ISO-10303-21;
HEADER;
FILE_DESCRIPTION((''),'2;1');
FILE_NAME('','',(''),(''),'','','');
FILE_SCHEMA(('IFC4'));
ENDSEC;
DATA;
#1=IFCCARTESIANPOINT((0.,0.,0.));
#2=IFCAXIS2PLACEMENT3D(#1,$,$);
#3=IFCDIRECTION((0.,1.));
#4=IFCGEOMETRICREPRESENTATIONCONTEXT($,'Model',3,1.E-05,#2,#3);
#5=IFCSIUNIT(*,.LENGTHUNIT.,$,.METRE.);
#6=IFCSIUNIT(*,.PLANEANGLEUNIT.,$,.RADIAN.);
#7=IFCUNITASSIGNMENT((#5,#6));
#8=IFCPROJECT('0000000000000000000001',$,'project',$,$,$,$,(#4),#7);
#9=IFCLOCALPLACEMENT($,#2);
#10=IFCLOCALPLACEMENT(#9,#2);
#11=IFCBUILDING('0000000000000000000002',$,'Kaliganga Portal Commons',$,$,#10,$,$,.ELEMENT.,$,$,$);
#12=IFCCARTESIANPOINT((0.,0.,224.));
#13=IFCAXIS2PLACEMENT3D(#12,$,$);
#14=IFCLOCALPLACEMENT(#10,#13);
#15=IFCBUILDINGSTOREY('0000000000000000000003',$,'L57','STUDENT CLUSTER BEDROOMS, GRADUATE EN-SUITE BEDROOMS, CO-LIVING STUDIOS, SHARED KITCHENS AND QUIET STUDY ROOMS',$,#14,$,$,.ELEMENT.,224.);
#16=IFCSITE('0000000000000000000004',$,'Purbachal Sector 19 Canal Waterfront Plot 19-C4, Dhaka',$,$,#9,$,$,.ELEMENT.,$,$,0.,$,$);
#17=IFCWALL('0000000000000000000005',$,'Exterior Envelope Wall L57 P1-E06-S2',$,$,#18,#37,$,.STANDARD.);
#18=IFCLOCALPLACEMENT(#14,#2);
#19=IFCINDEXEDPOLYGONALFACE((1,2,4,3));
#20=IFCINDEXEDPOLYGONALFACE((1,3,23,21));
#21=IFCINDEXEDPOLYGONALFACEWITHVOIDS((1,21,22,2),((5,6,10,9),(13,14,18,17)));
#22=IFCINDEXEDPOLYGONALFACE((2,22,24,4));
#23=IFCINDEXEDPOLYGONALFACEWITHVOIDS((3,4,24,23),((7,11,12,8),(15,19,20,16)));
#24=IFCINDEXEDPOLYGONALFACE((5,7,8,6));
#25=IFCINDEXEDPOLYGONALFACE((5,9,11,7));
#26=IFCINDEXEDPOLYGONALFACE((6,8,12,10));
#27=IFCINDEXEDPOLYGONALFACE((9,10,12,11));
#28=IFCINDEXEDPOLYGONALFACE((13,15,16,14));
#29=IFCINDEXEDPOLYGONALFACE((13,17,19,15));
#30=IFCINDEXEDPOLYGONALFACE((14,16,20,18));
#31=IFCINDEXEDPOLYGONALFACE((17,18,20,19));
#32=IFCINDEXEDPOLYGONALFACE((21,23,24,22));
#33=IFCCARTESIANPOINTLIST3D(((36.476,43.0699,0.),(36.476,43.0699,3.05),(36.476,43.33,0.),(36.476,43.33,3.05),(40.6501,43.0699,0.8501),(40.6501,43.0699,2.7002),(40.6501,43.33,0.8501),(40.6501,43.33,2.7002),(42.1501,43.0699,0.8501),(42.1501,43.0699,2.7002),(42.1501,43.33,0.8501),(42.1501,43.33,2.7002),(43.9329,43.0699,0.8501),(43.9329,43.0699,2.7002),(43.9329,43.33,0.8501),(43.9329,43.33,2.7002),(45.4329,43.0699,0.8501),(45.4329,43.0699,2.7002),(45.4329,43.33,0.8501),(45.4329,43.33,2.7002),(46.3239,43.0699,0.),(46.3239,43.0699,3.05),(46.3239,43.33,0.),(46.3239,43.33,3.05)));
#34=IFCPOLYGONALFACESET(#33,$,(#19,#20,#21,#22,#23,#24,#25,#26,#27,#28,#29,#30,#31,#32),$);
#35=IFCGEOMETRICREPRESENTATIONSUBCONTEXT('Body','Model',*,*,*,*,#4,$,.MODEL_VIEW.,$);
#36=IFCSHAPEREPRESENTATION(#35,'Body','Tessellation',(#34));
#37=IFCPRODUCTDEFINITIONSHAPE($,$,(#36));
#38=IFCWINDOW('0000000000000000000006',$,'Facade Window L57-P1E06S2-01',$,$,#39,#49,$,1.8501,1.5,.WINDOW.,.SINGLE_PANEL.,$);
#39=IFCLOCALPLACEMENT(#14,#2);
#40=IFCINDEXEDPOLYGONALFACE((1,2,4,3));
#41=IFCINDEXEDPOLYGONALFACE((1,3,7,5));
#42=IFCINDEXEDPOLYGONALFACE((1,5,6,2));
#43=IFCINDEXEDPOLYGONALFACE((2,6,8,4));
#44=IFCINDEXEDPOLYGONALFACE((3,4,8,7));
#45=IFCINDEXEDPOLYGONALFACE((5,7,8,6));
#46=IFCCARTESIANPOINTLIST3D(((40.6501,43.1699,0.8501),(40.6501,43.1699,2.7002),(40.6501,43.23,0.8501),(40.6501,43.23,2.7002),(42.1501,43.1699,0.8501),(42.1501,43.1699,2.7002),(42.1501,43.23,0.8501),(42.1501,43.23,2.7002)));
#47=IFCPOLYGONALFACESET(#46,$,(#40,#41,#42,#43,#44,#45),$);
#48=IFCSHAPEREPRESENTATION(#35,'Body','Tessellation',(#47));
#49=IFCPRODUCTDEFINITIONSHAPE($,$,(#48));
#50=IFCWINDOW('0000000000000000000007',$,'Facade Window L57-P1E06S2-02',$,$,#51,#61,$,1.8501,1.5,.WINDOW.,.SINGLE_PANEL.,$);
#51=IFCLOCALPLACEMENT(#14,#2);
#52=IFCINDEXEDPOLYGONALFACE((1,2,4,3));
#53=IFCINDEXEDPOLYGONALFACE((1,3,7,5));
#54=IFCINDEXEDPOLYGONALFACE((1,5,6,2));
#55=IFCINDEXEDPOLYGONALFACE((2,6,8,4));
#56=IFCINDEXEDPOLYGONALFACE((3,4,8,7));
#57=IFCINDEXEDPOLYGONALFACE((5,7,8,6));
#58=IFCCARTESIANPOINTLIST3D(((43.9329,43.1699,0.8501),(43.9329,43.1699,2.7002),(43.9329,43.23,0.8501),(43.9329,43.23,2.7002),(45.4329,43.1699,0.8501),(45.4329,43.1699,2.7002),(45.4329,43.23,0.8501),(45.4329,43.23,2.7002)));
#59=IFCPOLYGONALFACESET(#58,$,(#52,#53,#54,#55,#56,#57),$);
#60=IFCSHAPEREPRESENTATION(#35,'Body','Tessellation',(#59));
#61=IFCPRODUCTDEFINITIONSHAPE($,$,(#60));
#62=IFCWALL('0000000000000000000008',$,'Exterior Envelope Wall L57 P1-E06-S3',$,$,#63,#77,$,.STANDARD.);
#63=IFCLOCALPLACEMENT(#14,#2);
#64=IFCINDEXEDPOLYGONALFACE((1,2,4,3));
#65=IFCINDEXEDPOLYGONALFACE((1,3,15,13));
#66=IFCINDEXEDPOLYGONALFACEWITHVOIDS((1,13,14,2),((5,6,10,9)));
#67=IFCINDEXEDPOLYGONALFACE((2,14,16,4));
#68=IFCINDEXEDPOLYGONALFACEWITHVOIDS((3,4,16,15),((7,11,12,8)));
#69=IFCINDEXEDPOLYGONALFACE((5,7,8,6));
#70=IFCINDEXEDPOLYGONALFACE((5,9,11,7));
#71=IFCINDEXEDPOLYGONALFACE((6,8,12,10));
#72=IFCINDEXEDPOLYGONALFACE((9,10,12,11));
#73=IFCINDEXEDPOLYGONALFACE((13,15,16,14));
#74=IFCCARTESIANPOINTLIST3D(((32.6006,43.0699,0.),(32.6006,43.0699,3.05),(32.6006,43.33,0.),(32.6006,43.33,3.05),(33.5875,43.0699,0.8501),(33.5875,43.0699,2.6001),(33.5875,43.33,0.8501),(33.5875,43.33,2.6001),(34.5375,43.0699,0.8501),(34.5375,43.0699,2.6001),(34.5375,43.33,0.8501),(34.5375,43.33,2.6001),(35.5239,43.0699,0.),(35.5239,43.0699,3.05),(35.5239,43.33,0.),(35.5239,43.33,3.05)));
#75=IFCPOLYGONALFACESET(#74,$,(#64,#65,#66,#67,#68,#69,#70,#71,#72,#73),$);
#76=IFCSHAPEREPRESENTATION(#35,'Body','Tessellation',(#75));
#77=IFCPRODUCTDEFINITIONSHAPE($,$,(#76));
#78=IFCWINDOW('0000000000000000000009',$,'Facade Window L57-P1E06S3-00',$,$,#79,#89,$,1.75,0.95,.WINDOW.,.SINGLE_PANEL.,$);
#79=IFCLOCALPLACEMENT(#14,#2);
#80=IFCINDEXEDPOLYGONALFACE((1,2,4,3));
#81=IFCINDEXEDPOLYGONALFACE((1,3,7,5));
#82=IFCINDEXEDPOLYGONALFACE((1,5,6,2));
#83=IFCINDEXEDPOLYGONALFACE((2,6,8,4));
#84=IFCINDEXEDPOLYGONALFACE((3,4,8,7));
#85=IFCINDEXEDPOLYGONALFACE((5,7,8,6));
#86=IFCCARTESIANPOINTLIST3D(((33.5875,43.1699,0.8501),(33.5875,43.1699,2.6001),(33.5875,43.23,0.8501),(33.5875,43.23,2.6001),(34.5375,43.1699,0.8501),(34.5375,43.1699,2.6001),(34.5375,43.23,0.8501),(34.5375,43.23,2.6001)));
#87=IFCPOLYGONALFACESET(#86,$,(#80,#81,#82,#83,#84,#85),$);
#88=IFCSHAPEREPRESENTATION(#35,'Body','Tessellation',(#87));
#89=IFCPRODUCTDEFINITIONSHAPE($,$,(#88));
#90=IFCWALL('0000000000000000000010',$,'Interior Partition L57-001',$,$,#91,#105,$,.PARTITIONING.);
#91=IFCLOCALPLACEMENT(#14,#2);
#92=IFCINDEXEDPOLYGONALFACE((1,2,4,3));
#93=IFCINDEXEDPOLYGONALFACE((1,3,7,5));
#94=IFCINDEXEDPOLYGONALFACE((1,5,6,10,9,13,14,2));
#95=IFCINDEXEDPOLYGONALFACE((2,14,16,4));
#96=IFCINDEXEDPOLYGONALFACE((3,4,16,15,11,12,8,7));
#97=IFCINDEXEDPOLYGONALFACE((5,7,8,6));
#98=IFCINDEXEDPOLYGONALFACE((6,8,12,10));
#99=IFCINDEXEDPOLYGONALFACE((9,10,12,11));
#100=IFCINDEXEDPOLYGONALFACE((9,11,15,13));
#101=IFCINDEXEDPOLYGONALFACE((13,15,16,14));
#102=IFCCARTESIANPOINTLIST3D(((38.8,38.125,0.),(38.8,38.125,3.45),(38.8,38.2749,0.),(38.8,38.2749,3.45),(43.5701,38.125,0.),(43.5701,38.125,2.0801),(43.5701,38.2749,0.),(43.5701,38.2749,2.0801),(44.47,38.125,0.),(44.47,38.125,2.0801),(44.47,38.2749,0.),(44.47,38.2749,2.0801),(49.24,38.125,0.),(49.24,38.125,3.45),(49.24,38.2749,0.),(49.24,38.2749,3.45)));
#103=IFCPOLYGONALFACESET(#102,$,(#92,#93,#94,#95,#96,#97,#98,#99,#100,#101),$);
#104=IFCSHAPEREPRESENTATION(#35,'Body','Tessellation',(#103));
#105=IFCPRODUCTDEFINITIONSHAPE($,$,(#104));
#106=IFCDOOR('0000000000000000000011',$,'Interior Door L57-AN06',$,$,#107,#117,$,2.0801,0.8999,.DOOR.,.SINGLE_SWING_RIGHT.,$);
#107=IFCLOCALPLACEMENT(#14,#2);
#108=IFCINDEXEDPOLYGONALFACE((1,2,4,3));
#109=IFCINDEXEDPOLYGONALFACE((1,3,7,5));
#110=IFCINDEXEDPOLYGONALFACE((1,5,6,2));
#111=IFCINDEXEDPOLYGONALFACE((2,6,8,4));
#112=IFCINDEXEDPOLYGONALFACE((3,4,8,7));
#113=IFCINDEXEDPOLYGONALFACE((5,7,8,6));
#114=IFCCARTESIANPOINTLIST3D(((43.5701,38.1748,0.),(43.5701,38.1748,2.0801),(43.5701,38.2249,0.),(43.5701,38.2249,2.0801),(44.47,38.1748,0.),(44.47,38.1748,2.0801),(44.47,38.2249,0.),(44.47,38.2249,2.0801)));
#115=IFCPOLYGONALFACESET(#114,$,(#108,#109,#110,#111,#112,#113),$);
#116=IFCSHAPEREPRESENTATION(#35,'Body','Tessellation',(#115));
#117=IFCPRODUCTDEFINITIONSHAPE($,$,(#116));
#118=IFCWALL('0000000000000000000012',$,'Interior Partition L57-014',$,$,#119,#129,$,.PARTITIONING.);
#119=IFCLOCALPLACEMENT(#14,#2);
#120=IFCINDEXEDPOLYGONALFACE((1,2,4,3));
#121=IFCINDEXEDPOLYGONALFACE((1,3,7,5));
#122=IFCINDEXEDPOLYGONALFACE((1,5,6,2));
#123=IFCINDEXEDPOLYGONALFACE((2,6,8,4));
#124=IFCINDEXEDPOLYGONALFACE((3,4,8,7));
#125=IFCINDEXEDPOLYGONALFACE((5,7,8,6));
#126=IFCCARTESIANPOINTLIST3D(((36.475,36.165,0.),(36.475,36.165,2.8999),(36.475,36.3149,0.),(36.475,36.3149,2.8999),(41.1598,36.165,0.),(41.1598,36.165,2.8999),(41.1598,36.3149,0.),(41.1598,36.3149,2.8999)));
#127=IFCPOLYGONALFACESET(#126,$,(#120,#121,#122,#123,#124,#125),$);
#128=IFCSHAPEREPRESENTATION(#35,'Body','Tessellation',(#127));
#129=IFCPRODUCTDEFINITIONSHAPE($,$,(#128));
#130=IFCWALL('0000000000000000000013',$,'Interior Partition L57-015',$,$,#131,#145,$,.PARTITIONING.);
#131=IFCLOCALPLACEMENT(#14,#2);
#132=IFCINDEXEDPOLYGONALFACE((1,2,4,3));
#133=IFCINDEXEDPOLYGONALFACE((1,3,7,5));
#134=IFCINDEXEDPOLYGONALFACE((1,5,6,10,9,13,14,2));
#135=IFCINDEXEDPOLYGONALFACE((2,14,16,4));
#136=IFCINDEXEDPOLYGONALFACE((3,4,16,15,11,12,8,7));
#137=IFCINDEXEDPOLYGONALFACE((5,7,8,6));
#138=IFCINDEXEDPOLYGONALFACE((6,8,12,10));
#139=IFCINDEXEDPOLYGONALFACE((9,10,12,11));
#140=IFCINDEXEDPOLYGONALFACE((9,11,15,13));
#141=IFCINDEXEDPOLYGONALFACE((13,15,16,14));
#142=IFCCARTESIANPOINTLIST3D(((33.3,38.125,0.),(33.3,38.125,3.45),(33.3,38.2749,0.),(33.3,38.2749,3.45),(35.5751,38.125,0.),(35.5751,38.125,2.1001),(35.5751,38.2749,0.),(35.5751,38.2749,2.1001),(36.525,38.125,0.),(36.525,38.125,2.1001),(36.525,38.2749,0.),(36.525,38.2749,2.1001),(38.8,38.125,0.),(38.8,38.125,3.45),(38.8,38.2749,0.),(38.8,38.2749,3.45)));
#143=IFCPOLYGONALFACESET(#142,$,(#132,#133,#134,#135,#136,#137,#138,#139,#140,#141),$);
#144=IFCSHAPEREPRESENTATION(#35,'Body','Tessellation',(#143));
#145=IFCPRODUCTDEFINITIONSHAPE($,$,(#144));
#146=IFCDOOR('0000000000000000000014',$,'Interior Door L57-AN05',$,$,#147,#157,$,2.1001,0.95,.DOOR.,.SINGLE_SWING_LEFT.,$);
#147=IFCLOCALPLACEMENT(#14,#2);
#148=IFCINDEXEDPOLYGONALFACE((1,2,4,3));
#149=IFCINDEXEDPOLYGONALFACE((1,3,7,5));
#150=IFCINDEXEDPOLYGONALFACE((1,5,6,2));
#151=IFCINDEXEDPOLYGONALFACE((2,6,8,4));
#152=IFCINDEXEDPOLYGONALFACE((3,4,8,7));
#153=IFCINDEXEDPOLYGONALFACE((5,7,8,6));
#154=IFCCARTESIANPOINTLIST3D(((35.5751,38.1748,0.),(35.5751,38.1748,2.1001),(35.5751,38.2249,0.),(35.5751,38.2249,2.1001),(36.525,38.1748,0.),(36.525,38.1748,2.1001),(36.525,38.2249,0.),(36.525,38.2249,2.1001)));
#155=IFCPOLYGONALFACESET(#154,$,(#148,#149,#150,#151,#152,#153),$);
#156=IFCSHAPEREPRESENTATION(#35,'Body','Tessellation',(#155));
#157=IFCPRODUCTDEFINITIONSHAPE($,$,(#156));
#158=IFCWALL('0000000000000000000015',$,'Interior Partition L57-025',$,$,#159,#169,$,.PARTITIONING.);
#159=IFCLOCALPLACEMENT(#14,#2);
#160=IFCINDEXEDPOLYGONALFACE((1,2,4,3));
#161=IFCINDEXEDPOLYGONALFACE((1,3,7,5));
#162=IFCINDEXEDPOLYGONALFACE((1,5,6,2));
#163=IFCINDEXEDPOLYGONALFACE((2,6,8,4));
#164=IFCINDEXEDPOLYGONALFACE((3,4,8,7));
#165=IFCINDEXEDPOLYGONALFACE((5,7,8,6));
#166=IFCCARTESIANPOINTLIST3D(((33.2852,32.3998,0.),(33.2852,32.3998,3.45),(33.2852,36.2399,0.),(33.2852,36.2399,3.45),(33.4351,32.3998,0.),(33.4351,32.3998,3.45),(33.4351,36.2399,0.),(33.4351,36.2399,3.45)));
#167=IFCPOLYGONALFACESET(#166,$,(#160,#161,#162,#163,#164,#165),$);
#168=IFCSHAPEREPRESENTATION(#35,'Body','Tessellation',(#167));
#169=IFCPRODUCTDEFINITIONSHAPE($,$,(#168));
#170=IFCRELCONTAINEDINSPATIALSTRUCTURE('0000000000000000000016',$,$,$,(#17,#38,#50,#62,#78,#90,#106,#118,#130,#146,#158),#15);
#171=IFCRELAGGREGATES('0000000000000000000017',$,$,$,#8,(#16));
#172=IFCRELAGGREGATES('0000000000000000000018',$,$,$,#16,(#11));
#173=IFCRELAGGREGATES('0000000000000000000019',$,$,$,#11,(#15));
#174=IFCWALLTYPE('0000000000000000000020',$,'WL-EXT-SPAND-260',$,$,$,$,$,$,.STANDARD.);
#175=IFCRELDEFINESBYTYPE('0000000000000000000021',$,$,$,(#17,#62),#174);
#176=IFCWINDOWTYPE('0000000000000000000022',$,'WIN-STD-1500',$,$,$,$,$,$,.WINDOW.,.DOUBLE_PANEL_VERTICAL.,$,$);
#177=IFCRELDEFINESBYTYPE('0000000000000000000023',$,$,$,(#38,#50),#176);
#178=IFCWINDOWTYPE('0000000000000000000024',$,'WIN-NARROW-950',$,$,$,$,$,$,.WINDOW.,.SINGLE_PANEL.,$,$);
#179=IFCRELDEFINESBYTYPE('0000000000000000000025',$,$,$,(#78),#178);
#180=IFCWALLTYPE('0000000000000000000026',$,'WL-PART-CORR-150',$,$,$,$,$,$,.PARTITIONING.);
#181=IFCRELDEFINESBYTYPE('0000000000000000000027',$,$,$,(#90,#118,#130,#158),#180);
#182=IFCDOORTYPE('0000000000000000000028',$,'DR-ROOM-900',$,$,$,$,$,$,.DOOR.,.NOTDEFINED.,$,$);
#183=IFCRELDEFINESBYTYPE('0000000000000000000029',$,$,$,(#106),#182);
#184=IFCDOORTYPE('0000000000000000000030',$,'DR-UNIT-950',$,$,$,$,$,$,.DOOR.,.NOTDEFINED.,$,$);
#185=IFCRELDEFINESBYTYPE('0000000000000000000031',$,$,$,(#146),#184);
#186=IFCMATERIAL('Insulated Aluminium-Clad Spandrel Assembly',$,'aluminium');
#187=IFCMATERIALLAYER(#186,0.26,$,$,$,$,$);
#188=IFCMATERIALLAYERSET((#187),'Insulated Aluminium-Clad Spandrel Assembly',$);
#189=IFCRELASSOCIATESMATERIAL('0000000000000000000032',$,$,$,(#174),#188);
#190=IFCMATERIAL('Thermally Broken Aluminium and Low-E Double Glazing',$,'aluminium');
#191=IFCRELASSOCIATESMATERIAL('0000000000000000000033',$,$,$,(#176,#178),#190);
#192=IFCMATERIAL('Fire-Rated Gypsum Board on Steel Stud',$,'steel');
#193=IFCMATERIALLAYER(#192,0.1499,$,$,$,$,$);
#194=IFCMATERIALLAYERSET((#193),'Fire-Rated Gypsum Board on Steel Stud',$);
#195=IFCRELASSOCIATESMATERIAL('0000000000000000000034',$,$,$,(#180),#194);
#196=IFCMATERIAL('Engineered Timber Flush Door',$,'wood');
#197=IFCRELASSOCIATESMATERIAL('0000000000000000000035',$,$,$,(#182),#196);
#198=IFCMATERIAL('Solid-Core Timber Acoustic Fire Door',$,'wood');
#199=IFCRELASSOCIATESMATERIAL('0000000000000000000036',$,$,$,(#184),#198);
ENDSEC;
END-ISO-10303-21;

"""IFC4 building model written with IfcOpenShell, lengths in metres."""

from ifc_helpers import new_model, si_unit, direction, frame, frame_2d, origin, place, context, subcontext, project, spatial, rectangle, extrude, material, layer, layer_set, type_object, element, fill, save


model = new_model("IFC4")

# Units and contexts
model_context = context("Model", 3, precision=1e-05, world=origin(), true_north=direction((0.0, 1.0)))
body_context = subcontext(model_context, "Body", "Model", "MODEL_VIEW")
ifc_project = project(units=[si_unit("LENGTHUNIT", "METRE"), si_unit("PLANEANGLEUNIT", "RADIAN")], contexts=[model_context])

# Site, building, storey
site_placement = place(None, origin())
site = spatial("IfcSite", under=ifc_project, at=site_placement, Name="Purbachal Sector 19 Canal Waterfront Plot 19-C4, Dhaka", CompositionType="ELEMENT", RefElevation=0.0)
building_placement = place(site_placement, origin())
building = spatial("IfcBuilding", under=site, at=building_placement, Name="Kaliganga Portal Commons", CompositionType="ELEMENT")
storey_placement = place(building_placement, frame((0.0, 0.0, 224.0)))
storey = spatial("IfcBuildingStorey", under=building, at=storey_placement, Name="L57", Description="STUDENT CLUSTER BEDROOMS, GRADUATE EN-SUITE BEDROOMS, CO-LIVING STUDIOS, SHARED KITCHENS AND QUIET STUDY ROOMS", CompositionType="ELEMENT", Elevation=224.0)

# Wall, openings, windows
ifc_material_1 = material(Name="Insulated Aluminium-Clad Spandrel Assembly", Category="aluminium")
ifc_layer_1 = layer(ifc_material_1, 0.26)
ifc_layer_set_1 = layer_set([ifc_layer_1], Name="Insulated Aluminium-Clad Spandrel Assembly")
wall_type_1 = type_object("IfcWallType", Name="WL-EXT-SPAND-260", PredefinedType="STANDARD", material=ifc_layer_set_1)
wall_1_placement = place(storey_placement, frame((36.4761, 43.2, 0.0), z_axis=(0.0, 0.0, 1.0), x_axis=(1.0, 0.0, 0.0)))
wall_1 = element("IfcWall", 1, at=wall_1_placement, inside=storey, type_object=wall_type_1, Name="Exterior Envelope Wall L57 P1-E06-S2", PredefinedType="STANDARD", context=body_context, shape_type="SweptSolid", body=[
    extrude(rectangle(XDim=9.8479, YDim=0.26, at=frame_2d((4.9238, 0.0))), origin(), (0.0, 0.0, 1.0), 3.05),
])
opening_1_placement = place(wall_1_placement, frame((4.1741, 0.0, 0.8501)))
opening_1 = element("IfcOpeningElement", 2, at=opening_1_placement, cuts=wall_1, PredefinedType="OPENING", context=body_context, shape_type="SweptSolid", body=[
    extrude(rectangle(XDim=1.5, YDim=1.8501, at=frame_2d((0.75, 0.925))), frame((0.0, 0.1401, 0.0), z_axis=(0.0, -1.0, 0.0), x_axis=(1.0, 0.0, 0.0)), (0.0, 0.0, 1.0), 0.28),
])
opening_2_placement = place(wall_1_placement, frame((7.4568, 0.0, 0.8501)))
opening_2 = element("IfcOpeningElement", 3, at=opening_2_placement, cuts=wall_1, PredefinedType="OPENING", context=body_context, shape_type="SweptSolid", body=[
    extrude(rectangle(XDim=1.5, YDim=1.8501, at=frame_2d((0.75, 0.925))), frame((0.0, 0.1401, 0.0), z_axis=(0.0, -1.0, 0.0), x_axis=(1.0, 0.0, 0.0)), (0.0, 0.0, 1.0), 0.28),
])
ifc_material_2 = material(Name="Thermally Broken Aluminium and Low-E Double Glazing", Category="aluminium")
window_type_1 = type_object("IfcWindowType", Name="WIN-STD-1500", PartitioningType="DOUBLE_PANEL_VERTICAL", PredefinedType="WINDOW", material=ifc_material_2)
window_1_placement = place(opening_1_placement, origin())
window_1 = element("IfcWindow", 4, at=window_1_placement, inside=storey, type_object=window_type_1, Name="Facade Window L57-P1E06S2-01", OverallHeight=1.8501, OverallWidth=1.5, PartitioningType="SINGLE_PANEL", PredefinedType="WINDOW", context=body_context, shape_type="SweptSolid", body=[
    extrude(rectangle(XDim=1.5, YDim=1.8501, at=frame_2d((0.75, 0.925))), frame((0.0, 0.03, 0.0), z_axis=(0.0, -1.0, 0.0), x_axis=(1.0, 0.0, 0.0)), (0.0, 0.0, 1.0), 0.0601),
])
fill(opening_1, window_1)
window_2_placement = place(opening_2_placement, origin())
window_2 = element("IfcWindow", 5, at=window_2_placement, inside=storey, type_object=window_type_1, Name="Facade Window L57-P1E06S2-02", OverallHeight=1.8501, OverallWidth=1.5, PartitioningType="SINGLE_PANEL", PredefinedType="WINDOW", context=body_context, shape_type="SweptSolid", body=[
    extrude(rectangle(XDim=1.5, YDim=1.8501, at=frame_2d((0.75, 0.925))), frame((0.0, 0.03, 0.0), z_axis=(0.0, -1.0, 0.0), x_axis=(1.0, 0.0, 0.0)), (0.0, 0.0, 1.0), 0.0601),
])
fill(opening_2, window_2)

# Wall, opening, window
wall_2_placement = place(storey_placement, frame((32.6006, 43.2, 0.0), z_axis=(0.0, 0.0, 1.0), x_axis=(1.0, 0.0, 0.0)))
wall_2 = element("IfcWall", 6, at=wall_2_placement, inside=storey, type_object=wall_type_1, Name="Exterior Envelope Wall L57 P1-E06-S3", PredefinedType="STANDARD", context=body_context, shape_type="SweptSolid", body=[
    extrude(rectangle(XDim=2.9233, YDim=0.26, at=frame_2d((1.4617, 0.0))), origin(), (0.0, 0.0, 1.0), 3.05),
])
opening_3_placement = place(wall_2_placement, frame((0.9868, 0.0, 0.8501)))
opening_3 = element("IfcOpeningElement", 7, at=opening_3_placement, cuts=wall_2, PredefinedType="OPENING", context=body_context, shape_type="SweptSolid", body=[
    extrude(rectangle(XDim=0.95, YDim=1.75, at=frame_2d((0.4751, 0.875))), frame((0.0, 0.1401, 0.0), z_axis=(0.0, -1.0, 0.0), x_axis=(1.0, 0.0, 0.0)), (0.0, 0.0, 1.0), 0.28),
])
window_type_2 = type_object("IfcWindowType", Name="WIN-NARROW-950", PartitioningType="SINGLE_PANEL", PredefinedType="WINDOW", material=ifc_material_2)
window_3_placement = place(opening_3_placement, origin())
window_3 = element("IfcWindow", 8, at=window_3_placement, inside=storey, type_object=window_type_2, Name="Facade Window L57-P1E06S3-00", OverallHeight=1.75, OverallWidth=0.95, PartitioningType="SINGLE_PANEL", PredefinedType="WINDOW", context=body_context, shape_type="SweptSolid", body=[
    extrude(rectangle(XDim=0.95, YDim=1.75, at=frame_2d((0.4751, 0.875))), frame((0.0, 0.03, 0.0), z_axis=(0.0, -1.0, 0.0), x_axis=(1.0, 0.0, 0.0)), (0.0, 0.0, 1.0), 0.0601),
])
fill(opening_3, window_3)

# Wall, opening, door
ifc_material_3 = material(Name="Fire-Rated Gypsum Board on Steel Stud", Category="steel")
ifc_layer_2 = layer(ifc_material_3, 0.1499)
ifc_layer_set_2 = layer_set([ifc_layer_2], Name="Fire-Rated Gypsum Board on Steel Stud")
wall_type_2 = type_object("IfcWallType", Name="WL-PART-CORR-150", PredefinedType="PARTITIONING", material=ifc_layer_set_2)
wall_3_placement = place(storey_placement, frame((38.8, 38.2, 0.0), z_axis=(0.0, 0.0, 1.0), x_axis=(1.0, 0.0, 0.0)))
wall_3 = element("IfcWall", 9, at=wall_3_placement, inside=storey, type_object=wall_type_2, Name="Interior Partition L57-001", PredefinedType="PARTITIONING", context=body_context, shape_type="SweptSolid", body=[
    extrude(rectangle(XDim=10.4399, YDim=0.1499, at=frame_2d((5.22, 0.0))), origin(), (0.0, 0.0, 1.0), 3.45),
])
opening_4_placement = place(wall_3_placement, frame((4.77, 0.0, 0.0)))
opening_4 = element("IfcOpeningElement", 10, at=opening_4_placement, cuts=wall_3, PredefinedType="OPENING", context=body_context, shape_type="SweptSolid", body=[
    extrude(rectangle(XDim=0.8999, YDim=2.0801, at=frame_2d((0.45, 1.04))), frame((0.0, 0.085, 0.0), z_axis=(0.0, -1.0, 0.0), x_axis=(1.0, 0.0, 0.0)), (0.0, 0.0, 1.0), 0.1699),
])
ifc_material_4 = material(Name="Engineered Timber Flush Door", Category="wood")
door_type_1 = type_object("IfcDoorType", Name="DR-ROOM-900", OperationType="NOTDEFINED", PredefinedType="DOOR", material=ifc_material_4)
door_1_placement = place(opening_4_placement, origin())
door_1 = element("IfcDoor", 11, at=door_1_placement, inside=storey, type_object=door_type_1, Name="Interior Door L57-AN06", OperationType="SINGLE_SWING_RIGHT", OverallHeight=2.0801, OverallWidth=0.8999, PredefinedType="DOOR", context=body_context, shape_type="SweptSolid", body=[
    extrude(rectangle(XDim=0.8999, YDim=2.0801, at=frame_2d((0.45, 1.04))), frame((0.0, 0.0249, 0.0), z_axis=(0.0, -1.0, 0.0), x_axis=(1.0, 0.0, 0.0)), (0.0, 0.0, 1.0), 0.05),
])
fill(opening_4, door_1)

# Wall
wall_4_placement = place(storey_placement, frame((36.4751, 36.24, 0.0), z_axis=(0.0, 0.0, 1.0), x_axis=(1.0, 0.0, 0.0)))
element("IfcWall", 12, at=wall_4_placement, inside=storey, type_object=wall_type_2, Name="Interior Partition L57-014", PredefinedType="PARTITIONING", context=body_context, shape_type="SweptSolid", body=[
    extrude(rectangle(XDim=4.6848, YDim=0.1499, at=frame_2d((2.3423, 0.0))), origin(), (0.0, 0.0, 1.0), 2.8999),
])

# Wall, opening, door
wall_5_placement = place(storey_placement, frame((33.3, 38.2, 0.0), z_axis=(0.0, 0.0, 1.0), x_axis=(1.0, 0.0, 0.0)))
wall_5 = element("IfcWall", 13, at=wall_5_placement, inside=storey, type_object=wall_type_2, Name="Interior Partition L57-015", PredefinedType="PARTITIONING", context=body_context, shape_type="SweptSolid", body=[
    extrude(rectangle(XDim=5.5, YDim=0.1499, at=frame_2d((2.75, 0.0))), origin(), (0.0, 0.0, 1.0), 3.45),
])
opening_5_placement = place(wall_5_placement, frame((2.2749, 0.0, 0.0)))
opening_5 = element("IfcOpeningElement", 14, at=opening_5_placement, cuts=wall_5, PredefinedType="OPENING", context=body_context, shape_type="SweptSolid", body=[
    extrude(rectangle(XDim=0.95, YDim=2.1001, at=frame_2d((0.4751, 1.05))), frame((0.0, 0.085, 0.0), z_axis=(0.0, -1.0, 0.0), x_axis=(1.0, 0.0, 0.0)), (0.0, 0.0, 1.0), 0.1699),
])
ifc_material_5 = material(Name="Solid-Core Timber Acoustic Fire Door", Category="wood")
door_type_2 = type_object("IfcDoorType", Name="DR-UNIT-950", OperationType="NOTDEFINED", PredefinedType="DOOR", material=ifc_material_5)
door_2_placement = place(opening_5_placement, origin())
door_2 = element("IfcDoor", 15, at=door_2_placement, inside=storey, type_object=door_type_2, Name="Interior Door L57-AN05", OperationType="SINGLE_SWING_LEFT", OverallHeight=2.1001, OverallWidth=0.95, PredefinedType="DOOR", context=body_context, shape_type="SweptSolid", body=[
    extrude(rectangle(XDim=0.95, YDim=2.1001, at=frame_2d((0.4751, 1.05))), frame((0.0, 0.0249, 0.0), z_axis=(0.0, -1.0, 0.0), x_axis=(1.0, 0.0, 0.0)), (0.0, 0.0, 1.0), 0.05),
])
fill(opening_5, door_2)

# Wall
wall_6_placement = place(storey_placement, frame((33.3601, 32.3999, 0.0), z_axis=(0.0, 0.0, 1.0), x_axis=(0.0, 1.0, 0.0)))
element("IfcWall", 16, at=wall_6_placement, inside=storey, type_object=wall_type_2, Name="Interior Partition L57-025", PredefinedType="PARTITIONING", context=body_context, shape_type="SweptSolid", body=[
    extrude(rectangle(XDim=3.8401, YDim=0.1499, at=frame_2d((1.9199, 0.0))), origin(), (0.0, 0.0, 1.0), 3.45),
])

save(model, "model.ifc")
